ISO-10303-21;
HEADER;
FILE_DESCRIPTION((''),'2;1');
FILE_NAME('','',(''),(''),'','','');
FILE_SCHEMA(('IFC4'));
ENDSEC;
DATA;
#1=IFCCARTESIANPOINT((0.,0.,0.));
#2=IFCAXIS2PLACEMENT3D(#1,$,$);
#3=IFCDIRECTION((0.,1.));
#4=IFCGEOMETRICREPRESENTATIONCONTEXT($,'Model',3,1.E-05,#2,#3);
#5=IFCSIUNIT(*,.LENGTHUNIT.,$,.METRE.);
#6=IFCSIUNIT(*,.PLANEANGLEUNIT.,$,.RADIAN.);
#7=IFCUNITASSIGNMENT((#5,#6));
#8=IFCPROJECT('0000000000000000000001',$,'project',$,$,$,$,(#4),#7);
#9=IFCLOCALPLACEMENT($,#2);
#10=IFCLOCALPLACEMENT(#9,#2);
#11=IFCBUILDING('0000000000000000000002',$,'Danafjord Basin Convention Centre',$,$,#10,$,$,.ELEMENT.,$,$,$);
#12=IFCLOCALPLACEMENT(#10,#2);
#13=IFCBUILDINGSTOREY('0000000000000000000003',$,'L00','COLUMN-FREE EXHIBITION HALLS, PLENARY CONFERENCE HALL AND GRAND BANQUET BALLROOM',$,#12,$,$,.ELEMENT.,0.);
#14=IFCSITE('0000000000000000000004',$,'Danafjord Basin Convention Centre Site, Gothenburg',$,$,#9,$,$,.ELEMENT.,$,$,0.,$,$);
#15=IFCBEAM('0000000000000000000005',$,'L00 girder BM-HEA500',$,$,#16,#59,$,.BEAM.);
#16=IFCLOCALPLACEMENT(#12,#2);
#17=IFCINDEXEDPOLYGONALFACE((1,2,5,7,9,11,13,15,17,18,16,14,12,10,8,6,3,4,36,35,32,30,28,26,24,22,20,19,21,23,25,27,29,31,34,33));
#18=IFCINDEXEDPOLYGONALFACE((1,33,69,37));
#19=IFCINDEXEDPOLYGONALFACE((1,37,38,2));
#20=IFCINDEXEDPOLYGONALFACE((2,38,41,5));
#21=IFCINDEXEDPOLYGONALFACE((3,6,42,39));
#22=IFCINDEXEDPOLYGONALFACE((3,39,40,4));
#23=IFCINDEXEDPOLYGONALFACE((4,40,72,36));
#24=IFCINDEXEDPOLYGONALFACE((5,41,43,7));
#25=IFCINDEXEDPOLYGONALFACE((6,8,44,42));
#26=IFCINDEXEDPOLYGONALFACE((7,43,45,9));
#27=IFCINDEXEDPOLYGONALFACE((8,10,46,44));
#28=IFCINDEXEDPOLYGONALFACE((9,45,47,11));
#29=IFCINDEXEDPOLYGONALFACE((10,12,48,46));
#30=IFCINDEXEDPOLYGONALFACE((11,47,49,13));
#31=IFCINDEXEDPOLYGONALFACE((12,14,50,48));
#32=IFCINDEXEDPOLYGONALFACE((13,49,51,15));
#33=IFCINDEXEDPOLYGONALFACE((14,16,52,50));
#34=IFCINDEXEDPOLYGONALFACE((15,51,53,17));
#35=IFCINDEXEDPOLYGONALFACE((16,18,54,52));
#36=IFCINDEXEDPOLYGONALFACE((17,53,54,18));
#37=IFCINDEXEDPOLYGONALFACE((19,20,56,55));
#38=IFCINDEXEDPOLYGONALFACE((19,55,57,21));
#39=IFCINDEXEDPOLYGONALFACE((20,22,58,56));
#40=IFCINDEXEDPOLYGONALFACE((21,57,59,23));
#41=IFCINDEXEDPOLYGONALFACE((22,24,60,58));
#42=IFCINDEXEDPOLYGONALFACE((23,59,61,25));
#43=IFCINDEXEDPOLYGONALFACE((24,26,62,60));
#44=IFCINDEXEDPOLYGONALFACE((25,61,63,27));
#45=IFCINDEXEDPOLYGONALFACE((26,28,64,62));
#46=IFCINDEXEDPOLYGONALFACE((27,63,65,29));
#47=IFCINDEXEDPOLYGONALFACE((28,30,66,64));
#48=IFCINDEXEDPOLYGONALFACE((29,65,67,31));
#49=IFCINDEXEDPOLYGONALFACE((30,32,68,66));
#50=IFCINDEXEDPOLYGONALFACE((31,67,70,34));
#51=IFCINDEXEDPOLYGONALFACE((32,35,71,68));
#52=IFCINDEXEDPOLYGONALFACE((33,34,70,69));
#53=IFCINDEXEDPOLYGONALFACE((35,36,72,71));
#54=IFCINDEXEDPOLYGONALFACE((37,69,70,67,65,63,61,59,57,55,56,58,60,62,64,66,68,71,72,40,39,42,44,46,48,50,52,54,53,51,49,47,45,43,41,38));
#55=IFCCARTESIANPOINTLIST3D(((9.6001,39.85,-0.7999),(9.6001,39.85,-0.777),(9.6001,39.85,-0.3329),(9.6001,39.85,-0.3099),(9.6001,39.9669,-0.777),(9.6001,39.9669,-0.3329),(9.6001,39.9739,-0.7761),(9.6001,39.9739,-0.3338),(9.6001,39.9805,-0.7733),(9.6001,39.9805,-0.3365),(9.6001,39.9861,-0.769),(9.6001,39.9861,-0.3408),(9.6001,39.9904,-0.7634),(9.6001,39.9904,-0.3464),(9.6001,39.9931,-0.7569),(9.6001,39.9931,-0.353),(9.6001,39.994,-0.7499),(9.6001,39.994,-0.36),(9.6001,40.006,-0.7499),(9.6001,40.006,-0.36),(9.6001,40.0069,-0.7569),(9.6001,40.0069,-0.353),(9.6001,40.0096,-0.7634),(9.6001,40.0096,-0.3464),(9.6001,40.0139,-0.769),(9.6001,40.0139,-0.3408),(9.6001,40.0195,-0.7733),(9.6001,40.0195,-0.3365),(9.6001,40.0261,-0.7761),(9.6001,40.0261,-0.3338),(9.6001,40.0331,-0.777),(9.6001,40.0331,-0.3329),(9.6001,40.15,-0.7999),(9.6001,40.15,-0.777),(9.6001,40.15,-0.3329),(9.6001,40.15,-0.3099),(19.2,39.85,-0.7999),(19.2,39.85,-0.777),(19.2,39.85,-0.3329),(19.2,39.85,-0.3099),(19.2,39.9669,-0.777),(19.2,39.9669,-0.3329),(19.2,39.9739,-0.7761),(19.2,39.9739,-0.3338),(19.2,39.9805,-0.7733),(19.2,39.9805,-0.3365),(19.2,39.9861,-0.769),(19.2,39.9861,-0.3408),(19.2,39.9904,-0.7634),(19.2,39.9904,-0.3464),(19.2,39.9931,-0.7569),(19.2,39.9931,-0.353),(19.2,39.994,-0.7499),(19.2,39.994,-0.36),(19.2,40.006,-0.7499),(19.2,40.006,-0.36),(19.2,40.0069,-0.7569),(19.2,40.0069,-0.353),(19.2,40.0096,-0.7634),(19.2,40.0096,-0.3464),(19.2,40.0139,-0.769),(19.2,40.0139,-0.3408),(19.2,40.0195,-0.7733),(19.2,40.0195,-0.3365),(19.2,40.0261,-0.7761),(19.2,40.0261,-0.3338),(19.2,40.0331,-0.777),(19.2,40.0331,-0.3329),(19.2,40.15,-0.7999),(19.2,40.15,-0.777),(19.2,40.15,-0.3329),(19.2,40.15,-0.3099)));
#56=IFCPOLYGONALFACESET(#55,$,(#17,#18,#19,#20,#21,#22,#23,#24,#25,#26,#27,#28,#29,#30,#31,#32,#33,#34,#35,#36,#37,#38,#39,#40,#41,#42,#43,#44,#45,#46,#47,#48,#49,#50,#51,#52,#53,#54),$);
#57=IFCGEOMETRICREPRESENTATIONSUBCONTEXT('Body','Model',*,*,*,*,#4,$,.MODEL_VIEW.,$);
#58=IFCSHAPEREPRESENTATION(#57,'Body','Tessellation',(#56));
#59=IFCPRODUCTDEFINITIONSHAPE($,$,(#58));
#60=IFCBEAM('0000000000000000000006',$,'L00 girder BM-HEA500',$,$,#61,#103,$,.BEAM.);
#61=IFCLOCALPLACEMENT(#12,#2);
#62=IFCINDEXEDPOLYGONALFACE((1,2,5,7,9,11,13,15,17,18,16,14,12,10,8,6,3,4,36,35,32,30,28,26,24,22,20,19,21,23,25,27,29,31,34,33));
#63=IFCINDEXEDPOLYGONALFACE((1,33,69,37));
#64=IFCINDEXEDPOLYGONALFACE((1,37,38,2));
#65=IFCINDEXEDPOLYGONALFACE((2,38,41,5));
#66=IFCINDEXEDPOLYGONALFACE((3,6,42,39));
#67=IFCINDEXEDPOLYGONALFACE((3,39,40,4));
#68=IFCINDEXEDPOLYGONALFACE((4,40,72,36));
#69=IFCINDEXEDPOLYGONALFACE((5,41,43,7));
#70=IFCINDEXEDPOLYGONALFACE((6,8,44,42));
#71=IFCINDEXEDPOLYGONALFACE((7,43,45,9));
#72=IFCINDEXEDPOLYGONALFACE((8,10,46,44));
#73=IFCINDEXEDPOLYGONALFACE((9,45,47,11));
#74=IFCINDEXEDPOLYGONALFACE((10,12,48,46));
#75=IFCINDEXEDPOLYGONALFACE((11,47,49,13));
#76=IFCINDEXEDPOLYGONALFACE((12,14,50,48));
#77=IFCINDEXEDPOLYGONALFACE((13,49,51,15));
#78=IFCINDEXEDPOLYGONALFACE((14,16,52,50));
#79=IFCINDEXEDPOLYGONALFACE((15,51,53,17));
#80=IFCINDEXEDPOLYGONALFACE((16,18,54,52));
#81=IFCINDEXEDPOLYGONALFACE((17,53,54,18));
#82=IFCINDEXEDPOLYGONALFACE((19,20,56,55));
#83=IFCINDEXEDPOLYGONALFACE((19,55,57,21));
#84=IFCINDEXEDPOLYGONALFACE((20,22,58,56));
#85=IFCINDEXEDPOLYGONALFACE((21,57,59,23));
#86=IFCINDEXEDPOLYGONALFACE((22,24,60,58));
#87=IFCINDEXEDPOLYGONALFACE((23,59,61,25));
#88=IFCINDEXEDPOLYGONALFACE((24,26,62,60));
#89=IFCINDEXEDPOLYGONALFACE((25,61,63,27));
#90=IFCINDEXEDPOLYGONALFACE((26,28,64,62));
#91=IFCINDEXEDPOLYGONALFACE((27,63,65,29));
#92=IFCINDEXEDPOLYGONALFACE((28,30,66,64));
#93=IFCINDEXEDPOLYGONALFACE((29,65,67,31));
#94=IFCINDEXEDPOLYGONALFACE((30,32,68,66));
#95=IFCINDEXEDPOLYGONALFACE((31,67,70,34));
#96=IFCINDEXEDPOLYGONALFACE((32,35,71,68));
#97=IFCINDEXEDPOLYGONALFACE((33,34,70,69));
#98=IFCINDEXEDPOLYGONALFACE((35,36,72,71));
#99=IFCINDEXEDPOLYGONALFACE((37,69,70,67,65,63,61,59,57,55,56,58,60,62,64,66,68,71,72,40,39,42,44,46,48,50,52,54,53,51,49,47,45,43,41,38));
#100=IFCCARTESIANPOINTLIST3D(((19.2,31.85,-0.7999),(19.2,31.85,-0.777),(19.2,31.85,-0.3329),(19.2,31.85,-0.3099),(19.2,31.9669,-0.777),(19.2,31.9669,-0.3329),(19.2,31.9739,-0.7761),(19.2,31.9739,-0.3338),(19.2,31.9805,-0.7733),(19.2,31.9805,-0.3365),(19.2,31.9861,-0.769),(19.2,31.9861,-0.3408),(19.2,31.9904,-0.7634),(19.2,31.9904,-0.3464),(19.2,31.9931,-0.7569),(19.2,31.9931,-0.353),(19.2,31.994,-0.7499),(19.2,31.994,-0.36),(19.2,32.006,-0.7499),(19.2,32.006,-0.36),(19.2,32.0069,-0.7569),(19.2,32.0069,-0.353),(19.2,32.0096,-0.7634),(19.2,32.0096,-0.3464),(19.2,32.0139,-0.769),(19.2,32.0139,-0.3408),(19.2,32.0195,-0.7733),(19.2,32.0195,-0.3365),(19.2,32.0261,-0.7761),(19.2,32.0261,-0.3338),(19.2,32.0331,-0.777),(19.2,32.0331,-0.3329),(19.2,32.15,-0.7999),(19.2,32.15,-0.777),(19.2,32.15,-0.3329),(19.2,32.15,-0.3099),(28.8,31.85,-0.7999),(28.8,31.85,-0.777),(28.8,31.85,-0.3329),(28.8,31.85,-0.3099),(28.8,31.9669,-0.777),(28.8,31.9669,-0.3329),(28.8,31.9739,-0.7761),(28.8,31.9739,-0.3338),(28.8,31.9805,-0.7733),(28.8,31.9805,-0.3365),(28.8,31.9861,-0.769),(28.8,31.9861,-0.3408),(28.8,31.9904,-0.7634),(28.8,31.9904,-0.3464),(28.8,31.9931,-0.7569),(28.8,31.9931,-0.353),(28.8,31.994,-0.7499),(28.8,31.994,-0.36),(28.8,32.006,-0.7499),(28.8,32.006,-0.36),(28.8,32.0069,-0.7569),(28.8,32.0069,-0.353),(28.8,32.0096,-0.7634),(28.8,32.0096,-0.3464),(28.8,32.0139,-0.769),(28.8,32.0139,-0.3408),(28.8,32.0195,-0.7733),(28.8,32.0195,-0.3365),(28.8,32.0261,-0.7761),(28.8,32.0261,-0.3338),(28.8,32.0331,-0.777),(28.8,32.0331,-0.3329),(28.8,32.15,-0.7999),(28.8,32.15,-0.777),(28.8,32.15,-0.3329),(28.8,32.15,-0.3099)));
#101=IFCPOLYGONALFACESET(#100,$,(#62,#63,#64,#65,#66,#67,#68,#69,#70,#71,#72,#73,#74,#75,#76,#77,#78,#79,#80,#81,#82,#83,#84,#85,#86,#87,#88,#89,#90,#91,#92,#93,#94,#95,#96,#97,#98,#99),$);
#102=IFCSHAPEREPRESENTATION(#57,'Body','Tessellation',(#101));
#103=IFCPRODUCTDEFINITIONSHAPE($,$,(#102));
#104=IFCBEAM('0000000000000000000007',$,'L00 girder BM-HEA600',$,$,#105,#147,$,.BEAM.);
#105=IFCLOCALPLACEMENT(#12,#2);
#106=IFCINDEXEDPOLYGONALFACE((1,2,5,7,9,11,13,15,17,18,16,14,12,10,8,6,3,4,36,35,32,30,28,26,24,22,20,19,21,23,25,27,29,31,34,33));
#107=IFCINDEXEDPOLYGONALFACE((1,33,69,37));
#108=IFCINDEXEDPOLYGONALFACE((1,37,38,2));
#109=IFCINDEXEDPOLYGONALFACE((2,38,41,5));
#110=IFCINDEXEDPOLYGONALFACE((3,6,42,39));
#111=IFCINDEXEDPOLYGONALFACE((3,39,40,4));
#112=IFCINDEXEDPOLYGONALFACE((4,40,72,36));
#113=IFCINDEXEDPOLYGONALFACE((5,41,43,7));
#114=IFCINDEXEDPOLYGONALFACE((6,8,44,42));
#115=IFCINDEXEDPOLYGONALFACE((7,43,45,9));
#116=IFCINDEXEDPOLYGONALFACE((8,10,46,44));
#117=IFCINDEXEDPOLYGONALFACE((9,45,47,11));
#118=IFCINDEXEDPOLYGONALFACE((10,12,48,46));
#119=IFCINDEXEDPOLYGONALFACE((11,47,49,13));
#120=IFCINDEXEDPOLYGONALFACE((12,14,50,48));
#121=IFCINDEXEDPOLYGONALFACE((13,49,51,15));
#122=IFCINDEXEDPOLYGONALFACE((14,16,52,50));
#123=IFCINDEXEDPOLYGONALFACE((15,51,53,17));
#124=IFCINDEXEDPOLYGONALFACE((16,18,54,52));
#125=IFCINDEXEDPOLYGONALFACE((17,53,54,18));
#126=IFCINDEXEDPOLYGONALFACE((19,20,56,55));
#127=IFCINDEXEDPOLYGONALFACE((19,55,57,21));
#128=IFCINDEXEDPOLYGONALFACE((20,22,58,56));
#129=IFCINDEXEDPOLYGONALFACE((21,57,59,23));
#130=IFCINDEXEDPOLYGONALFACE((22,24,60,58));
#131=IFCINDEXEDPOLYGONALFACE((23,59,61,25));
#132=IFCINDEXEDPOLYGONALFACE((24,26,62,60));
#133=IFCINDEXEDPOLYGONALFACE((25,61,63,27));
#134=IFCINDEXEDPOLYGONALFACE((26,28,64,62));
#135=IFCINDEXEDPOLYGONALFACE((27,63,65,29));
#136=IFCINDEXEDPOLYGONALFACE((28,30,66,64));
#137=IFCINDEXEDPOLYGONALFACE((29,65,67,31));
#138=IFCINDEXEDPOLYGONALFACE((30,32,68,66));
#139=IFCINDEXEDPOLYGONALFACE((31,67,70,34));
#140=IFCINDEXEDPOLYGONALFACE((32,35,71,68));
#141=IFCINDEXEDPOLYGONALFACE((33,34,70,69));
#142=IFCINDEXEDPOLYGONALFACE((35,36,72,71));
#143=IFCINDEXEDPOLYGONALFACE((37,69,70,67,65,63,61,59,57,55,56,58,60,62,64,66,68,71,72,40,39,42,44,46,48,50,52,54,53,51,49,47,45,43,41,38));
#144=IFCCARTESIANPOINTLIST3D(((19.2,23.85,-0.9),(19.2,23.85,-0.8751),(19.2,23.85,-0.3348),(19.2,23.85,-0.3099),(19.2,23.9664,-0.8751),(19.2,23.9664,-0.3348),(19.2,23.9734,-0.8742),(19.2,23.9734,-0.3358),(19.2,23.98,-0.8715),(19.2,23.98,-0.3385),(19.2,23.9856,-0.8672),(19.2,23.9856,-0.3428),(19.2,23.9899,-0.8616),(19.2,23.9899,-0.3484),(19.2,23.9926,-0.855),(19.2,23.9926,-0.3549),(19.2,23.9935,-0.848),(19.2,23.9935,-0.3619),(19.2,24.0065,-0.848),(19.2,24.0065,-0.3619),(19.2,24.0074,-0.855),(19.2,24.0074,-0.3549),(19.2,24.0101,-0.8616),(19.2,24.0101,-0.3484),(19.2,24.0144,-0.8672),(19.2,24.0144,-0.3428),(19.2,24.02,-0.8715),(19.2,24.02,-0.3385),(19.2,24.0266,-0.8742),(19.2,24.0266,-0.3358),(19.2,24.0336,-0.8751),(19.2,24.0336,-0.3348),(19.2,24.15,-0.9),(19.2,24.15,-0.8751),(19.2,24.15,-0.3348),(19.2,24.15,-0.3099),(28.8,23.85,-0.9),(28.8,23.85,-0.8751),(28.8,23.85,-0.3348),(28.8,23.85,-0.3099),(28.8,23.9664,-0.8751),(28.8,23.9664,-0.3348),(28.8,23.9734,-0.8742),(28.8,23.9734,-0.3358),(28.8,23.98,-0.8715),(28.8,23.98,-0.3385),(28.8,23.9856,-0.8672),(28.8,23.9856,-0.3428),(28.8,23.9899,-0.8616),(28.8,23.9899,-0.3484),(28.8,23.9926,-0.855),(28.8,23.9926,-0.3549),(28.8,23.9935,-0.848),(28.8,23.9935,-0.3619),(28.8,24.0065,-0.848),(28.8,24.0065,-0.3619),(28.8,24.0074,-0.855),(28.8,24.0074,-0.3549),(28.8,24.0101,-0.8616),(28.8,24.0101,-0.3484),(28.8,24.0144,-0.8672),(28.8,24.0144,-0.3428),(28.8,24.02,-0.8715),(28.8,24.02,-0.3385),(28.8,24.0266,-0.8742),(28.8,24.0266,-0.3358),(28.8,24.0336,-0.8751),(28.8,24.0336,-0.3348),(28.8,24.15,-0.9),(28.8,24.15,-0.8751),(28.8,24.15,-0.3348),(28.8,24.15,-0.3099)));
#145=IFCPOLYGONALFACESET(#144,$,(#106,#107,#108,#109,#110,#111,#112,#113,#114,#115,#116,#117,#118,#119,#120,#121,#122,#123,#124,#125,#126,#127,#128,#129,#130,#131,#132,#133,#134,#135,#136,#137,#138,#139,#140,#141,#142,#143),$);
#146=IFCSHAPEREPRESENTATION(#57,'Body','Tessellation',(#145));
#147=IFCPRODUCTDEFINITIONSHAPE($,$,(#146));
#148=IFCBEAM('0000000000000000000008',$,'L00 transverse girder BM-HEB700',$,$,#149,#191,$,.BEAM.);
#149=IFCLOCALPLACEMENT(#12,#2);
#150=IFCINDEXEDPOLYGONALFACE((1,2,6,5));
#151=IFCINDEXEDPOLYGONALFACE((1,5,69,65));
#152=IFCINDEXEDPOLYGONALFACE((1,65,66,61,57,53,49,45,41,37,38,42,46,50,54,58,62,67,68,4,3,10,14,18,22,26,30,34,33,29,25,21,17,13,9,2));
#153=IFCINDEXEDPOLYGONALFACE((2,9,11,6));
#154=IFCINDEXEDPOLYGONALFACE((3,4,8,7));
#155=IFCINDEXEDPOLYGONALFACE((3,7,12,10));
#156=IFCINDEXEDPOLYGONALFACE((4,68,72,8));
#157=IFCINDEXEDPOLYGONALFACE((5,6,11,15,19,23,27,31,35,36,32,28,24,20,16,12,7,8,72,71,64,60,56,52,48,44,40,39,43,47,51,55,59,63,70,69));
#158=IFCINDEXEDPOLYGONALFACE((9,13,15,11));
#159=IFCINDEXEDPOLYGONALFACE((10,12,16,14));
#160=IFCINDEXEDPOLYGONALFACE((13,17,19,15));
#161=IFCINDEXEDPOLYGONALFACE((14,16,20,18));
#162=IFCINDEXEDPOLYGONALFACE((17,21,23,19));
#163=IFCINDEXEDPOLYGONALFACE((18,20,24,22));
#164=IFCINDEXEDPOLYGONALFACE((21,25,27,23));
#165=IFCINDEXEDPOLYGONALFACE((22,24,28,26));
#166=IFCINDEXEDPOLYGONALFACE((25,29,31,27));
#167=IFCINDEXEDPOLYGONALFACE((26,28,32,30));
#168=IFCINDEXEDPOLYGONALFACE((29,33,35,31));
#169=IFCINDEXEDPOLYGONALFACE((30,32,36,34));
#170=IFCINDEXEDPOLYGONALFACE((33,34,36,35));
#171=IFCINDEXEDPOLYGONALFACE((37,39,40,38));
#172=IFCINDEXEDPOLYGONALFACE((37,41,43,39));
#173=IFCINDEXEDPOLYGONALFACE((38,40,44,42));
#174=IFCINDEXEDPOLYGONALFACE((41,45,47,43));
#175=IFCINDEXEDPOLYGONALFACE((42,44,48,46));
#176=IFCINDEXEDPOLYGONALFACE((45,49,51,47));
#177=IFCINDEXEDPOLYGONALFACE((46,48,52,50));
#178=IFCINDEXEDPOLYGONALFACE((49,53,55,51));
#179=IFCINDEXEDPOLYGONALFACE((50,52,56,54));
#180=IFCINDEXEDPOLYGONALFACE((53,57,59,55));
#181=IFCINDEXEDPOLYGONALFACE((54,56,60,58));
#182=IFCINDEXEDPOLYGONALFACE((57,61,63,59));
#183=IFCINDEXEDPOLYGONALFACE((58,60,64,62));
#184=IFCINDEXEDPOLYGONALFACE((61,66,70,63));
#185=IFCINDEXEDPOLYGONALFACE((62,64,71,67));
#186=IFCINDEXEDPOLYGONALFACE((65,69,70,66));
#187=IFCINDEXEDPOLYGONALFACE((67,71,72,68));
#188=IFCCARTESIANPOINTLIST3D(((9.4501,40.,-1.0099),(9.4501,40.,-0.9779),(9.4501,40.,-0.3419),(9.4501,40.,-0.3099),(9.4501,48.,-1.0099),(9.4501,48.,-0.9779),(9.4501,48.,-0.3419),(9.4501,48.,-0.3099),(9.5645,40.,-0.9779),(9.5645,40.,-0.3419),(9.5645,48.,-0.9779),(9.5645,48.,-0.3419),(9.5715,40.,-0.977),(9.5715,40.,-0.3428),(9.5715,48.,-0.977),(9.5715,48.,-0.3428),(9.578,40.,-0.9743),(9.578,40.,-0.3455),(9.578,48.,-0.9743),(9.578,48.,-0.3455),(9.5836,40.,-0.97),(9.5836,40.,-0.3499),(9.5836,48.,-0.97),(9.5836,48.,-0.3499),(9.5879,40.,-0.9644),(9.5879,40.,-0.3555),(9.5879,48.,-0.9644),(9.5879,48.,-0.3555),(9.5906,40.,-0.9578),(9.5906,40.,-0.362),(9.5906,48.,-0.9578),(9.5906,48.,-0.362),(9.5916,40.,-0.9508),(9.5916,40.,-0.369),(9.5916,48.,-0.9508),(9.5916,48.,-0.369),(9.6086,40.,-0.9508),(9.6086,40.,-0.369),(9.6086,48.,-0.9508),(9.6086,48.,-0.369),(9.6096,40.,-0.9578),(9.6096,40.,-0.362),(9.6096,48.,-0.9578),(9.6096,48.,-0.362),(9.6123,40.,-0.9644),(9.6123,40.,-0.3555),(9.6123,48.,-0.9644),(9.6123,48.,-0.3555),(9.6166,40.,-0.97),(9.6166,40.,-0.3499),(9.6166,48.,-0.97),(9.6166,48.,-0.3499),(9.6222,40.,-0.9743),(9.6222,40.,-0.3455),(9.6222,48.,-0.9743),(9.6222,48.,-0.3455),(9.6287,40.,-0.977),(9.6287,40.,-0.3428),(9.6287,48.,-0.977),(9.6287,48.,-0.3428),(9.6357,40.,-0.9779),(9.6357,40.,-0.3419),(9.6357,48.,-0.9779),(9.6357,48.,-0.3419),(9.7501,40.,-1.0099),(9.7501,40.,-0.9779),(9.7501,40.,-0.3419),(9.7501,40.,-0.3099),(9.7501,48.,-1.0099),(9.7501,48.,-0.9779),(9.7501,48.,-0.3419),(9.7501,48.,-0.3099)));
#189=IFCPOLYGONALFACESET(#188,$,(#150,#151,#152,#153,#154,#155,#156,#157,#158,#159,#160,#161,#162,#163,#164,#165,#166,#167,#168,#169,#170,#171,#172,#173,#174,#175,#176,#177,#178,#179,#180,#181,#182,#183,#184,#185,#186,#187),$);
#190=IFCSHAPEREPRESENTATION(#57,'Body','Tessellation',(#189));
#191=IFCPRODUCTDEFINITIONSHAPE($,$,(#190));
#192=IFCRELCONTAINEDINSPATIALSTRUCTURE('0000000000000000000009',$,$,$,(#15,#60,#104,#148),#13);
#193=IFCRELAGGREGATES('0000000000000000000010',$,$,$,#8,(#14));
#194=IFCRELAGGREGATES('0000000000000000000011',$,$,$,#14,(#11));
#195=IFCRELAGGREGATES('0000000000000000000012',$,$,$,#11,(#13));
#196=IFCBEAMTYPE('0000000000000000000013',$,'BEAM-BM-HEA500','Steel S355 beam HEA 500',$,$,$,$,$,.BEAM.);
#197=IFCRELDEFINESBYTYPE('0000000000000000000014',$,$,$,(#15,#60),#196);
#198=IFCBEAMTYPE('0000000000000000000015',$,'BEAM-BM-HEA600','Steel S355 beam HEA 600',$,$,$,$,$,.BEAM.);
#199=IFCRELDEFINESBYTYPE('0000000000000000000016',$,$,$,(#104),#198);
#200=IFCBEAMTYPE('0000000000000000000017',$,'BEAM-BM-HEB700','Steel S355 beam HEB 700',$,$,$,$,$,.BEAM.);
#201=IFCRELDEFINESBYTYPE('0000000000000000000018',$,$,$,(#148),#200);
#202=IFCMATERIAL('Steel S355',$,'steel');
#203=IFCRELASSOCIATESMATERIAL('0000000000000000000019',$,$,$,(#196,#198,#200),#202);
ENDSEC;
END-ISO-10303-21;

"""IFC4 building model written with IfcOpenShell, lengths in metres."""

from ifc_helpers import new_model, si_unit, direction, frame, origin, origin_2d, place, context, subcontext, project, spatial, i_section, extrude, material, material_profile, profile_set, type_object, element, save


model = new_model("IFC4")

# Units and contexts
model_context = context("Model", 3, precision=1e-05, world=origin(), true_north=direction((0.0, 1.0)))
body_context = subcontext(model_context, "Body", "Model", "MODEL_VIEW")
ifc_project = project(units=[si_unit("LENGTHUNIT", "METRE"), si_unit("PLANEANGLEUNIT", "RADIAN")], contexts=[model_context])

# Site, building, storey
site_placement = place(None, origin())
site = spatial("IfcSite", under=ifc_project, at=site_placement, Name="Danafjord Basin Convention Centre Site, Gothenburg", CompositionType="ELEMENT", RefElevation=0.0)
building_placement = place(site_placement, origin())
building = spatial("IfcBuilding", under=site, at=building_placement, Name="Danafjord Basin Convention Centre", CompositionType="ELEMENT")
storey_placement = place(building_placement, origin())
storey = spatial("IfcBuildingStorey", under=building, at=storey_placement, Name="L00", Description="COLUMN-FREE EXHIBITION HALLS, PLENARY CONFERENCE HALL AND GRAND BANQUET BALLROOM", CompositionType="ELEMENT", Elevation=0.0)

# Shared definitions
ifc_material_1 = material(Name="Steel S355", Category="steel")

# Beams
ifc_material_profile_1 = material_profile(ifc_material_1, i_section(OverallWidth=0.3, OverallDepth=0.49, WebThickness=0.012, FlangeThickness=0.0229, FilletRadius=0.0271, at=origin_2d()), Name="HEA 500")
ifc_profile_set_1 = profile_set([ifc_material_profile_1], Name="Steel S355")
beam_type_1 = type_object("IfcBeamType", Name="BEAM-BM-HEA500", Description="Steel S355 beam HEA 500", PredefinedType="BEAM", material=ifc_profile_set_1)
beam_1_placement = place(storey_placement, frame((9.6001, 40.0, -0.5549), z_axis=(1.0, 0.0, 0.0), x_axis=(0.0, 1.0, 0.0)))
element("IfcBeam", 1, at=beam_1_placement, inside=storey, type_object=beam_type_1, Name="L00 girder BM-HEA500", PredefinedType="BEAM", context=body_context, shape_type="SweptSolid", body=[
    extrude(i_section(OverallWidth=0.3, OverallDepth=0.49, WebThickness=0.012, FlangeThickness=0.0229, FilletRadius=0.0271, at=origin_2d()), origin(), (0.0, 0.0, 1.0), 9.5999),
])
beam_2_placement = place(storey_placement, frame((19.2, 32.0, -0.5549), z_axis=(1.0, 0.0, 0.0), x_axis=(0.0, 1.0, 0.0)))
element("IfcBeam", 2, at=beam_2_placement, inside=storey, type_object=beam_type_1, Name="L00 girder BM-HEA500", PredefinedType="BEAM", context=body_context, shape_type="SweptSolid", body=[
    extrude(i_section(OverallWidth=0.3, OverallDepth=0.49, WebThickness=0.012, FlangeThickness=0.0229, FilletRadius=0.0271, at=origin_2d()), origin(), (0.0, 0.0, 1.0), 9.6001),
])
ifc_material_profile_2 = material_profile(ifc_material_1, i_section(OverallWidth=0.3, OverallDepth=0.5901, WebThickness=0.0129, FlangeThickness=0.0249, FilletRadius=0.0271, at=origin_2d()), Name="HEA 600")
ifc_profile_set_2 = profile_set([ifc_material_profile_2], Name="Steel S355")
beam_type_2 = type_object("IfcBeamType", Name="BEAM-BM-HEA600", Description="Steel S355 beam HEA 600", PredefinedType="BEAM", material=ifc_profile_set_2)
beam_3_placement = place(storey_placement, frame((19.2, 24.0, -0.605), z_axis=(1.0, 0.0, 0.0), x_axis=(0.0, 1.0, 0.0)))
element("IfcBeam", 3, at=beam_3_placement, inside=storey, type_object=beam_type_2, Name="L00 girder BM-HEA600", PredefinedType="BEAM", context=body_context, shape_type="SweptSolid", body=[
    extrude(i_section(OverallWidth=0.3, OverallDepth=0.5901, WebThickness=0.0129, FlangeThickness=0.0249, FilletRadius=0.0271, at=origin_2d()), origin(), (0.0, 0.0, 1.0), 9.6001),
])
ifc_material_profile_3 = material_profile(ifc_material_1, i_section(OverallWidth=0.3, OverallDepth=0.7, WebThickness=0.0171, FlangeThickness=0.032, FilletRadius=0.0271, at=origin_2d()), Name="HEB 700")
ifc_profile_set_3 = profile_set([ifc_material_profile_3], Name="Steel S355")
beam_type_3 = type_object("IfcBeamType", Name="BEAM-BM-HEB700", Description="Steel S355 beam HEB 700", PredefinedType="BEAM", material=ifc_profile_set_3)
for number, where, z_axis, x_axis, name in (
    (4, (9.6001, 40.0, -0.6599), (0.0, 1.0, 0.0), (-1.0, 0.0, 0.0), "L00 transverse girder BM-HEB700"),
):
    element("IfcBeam", number, at=place(storey_placement, frame(where, z_axis=z_axis, x_axis=x_axis)), inside=storey, type_object=beam_type_3, Name=name, PredefinedType="BEAM", context=body_context, shape_type="SweptSolid", body=[
        extrude(i_section(OverallWidth=0.3, OverallDepth=0.7, WebThickness=0.0171, FlangeThickness=0.032, FilletRadius=0.0271, at=origin_2d()), origin(), (0.0, 0.0, 1.0), 8.0),
    ])

save(model, "model.ifc")
